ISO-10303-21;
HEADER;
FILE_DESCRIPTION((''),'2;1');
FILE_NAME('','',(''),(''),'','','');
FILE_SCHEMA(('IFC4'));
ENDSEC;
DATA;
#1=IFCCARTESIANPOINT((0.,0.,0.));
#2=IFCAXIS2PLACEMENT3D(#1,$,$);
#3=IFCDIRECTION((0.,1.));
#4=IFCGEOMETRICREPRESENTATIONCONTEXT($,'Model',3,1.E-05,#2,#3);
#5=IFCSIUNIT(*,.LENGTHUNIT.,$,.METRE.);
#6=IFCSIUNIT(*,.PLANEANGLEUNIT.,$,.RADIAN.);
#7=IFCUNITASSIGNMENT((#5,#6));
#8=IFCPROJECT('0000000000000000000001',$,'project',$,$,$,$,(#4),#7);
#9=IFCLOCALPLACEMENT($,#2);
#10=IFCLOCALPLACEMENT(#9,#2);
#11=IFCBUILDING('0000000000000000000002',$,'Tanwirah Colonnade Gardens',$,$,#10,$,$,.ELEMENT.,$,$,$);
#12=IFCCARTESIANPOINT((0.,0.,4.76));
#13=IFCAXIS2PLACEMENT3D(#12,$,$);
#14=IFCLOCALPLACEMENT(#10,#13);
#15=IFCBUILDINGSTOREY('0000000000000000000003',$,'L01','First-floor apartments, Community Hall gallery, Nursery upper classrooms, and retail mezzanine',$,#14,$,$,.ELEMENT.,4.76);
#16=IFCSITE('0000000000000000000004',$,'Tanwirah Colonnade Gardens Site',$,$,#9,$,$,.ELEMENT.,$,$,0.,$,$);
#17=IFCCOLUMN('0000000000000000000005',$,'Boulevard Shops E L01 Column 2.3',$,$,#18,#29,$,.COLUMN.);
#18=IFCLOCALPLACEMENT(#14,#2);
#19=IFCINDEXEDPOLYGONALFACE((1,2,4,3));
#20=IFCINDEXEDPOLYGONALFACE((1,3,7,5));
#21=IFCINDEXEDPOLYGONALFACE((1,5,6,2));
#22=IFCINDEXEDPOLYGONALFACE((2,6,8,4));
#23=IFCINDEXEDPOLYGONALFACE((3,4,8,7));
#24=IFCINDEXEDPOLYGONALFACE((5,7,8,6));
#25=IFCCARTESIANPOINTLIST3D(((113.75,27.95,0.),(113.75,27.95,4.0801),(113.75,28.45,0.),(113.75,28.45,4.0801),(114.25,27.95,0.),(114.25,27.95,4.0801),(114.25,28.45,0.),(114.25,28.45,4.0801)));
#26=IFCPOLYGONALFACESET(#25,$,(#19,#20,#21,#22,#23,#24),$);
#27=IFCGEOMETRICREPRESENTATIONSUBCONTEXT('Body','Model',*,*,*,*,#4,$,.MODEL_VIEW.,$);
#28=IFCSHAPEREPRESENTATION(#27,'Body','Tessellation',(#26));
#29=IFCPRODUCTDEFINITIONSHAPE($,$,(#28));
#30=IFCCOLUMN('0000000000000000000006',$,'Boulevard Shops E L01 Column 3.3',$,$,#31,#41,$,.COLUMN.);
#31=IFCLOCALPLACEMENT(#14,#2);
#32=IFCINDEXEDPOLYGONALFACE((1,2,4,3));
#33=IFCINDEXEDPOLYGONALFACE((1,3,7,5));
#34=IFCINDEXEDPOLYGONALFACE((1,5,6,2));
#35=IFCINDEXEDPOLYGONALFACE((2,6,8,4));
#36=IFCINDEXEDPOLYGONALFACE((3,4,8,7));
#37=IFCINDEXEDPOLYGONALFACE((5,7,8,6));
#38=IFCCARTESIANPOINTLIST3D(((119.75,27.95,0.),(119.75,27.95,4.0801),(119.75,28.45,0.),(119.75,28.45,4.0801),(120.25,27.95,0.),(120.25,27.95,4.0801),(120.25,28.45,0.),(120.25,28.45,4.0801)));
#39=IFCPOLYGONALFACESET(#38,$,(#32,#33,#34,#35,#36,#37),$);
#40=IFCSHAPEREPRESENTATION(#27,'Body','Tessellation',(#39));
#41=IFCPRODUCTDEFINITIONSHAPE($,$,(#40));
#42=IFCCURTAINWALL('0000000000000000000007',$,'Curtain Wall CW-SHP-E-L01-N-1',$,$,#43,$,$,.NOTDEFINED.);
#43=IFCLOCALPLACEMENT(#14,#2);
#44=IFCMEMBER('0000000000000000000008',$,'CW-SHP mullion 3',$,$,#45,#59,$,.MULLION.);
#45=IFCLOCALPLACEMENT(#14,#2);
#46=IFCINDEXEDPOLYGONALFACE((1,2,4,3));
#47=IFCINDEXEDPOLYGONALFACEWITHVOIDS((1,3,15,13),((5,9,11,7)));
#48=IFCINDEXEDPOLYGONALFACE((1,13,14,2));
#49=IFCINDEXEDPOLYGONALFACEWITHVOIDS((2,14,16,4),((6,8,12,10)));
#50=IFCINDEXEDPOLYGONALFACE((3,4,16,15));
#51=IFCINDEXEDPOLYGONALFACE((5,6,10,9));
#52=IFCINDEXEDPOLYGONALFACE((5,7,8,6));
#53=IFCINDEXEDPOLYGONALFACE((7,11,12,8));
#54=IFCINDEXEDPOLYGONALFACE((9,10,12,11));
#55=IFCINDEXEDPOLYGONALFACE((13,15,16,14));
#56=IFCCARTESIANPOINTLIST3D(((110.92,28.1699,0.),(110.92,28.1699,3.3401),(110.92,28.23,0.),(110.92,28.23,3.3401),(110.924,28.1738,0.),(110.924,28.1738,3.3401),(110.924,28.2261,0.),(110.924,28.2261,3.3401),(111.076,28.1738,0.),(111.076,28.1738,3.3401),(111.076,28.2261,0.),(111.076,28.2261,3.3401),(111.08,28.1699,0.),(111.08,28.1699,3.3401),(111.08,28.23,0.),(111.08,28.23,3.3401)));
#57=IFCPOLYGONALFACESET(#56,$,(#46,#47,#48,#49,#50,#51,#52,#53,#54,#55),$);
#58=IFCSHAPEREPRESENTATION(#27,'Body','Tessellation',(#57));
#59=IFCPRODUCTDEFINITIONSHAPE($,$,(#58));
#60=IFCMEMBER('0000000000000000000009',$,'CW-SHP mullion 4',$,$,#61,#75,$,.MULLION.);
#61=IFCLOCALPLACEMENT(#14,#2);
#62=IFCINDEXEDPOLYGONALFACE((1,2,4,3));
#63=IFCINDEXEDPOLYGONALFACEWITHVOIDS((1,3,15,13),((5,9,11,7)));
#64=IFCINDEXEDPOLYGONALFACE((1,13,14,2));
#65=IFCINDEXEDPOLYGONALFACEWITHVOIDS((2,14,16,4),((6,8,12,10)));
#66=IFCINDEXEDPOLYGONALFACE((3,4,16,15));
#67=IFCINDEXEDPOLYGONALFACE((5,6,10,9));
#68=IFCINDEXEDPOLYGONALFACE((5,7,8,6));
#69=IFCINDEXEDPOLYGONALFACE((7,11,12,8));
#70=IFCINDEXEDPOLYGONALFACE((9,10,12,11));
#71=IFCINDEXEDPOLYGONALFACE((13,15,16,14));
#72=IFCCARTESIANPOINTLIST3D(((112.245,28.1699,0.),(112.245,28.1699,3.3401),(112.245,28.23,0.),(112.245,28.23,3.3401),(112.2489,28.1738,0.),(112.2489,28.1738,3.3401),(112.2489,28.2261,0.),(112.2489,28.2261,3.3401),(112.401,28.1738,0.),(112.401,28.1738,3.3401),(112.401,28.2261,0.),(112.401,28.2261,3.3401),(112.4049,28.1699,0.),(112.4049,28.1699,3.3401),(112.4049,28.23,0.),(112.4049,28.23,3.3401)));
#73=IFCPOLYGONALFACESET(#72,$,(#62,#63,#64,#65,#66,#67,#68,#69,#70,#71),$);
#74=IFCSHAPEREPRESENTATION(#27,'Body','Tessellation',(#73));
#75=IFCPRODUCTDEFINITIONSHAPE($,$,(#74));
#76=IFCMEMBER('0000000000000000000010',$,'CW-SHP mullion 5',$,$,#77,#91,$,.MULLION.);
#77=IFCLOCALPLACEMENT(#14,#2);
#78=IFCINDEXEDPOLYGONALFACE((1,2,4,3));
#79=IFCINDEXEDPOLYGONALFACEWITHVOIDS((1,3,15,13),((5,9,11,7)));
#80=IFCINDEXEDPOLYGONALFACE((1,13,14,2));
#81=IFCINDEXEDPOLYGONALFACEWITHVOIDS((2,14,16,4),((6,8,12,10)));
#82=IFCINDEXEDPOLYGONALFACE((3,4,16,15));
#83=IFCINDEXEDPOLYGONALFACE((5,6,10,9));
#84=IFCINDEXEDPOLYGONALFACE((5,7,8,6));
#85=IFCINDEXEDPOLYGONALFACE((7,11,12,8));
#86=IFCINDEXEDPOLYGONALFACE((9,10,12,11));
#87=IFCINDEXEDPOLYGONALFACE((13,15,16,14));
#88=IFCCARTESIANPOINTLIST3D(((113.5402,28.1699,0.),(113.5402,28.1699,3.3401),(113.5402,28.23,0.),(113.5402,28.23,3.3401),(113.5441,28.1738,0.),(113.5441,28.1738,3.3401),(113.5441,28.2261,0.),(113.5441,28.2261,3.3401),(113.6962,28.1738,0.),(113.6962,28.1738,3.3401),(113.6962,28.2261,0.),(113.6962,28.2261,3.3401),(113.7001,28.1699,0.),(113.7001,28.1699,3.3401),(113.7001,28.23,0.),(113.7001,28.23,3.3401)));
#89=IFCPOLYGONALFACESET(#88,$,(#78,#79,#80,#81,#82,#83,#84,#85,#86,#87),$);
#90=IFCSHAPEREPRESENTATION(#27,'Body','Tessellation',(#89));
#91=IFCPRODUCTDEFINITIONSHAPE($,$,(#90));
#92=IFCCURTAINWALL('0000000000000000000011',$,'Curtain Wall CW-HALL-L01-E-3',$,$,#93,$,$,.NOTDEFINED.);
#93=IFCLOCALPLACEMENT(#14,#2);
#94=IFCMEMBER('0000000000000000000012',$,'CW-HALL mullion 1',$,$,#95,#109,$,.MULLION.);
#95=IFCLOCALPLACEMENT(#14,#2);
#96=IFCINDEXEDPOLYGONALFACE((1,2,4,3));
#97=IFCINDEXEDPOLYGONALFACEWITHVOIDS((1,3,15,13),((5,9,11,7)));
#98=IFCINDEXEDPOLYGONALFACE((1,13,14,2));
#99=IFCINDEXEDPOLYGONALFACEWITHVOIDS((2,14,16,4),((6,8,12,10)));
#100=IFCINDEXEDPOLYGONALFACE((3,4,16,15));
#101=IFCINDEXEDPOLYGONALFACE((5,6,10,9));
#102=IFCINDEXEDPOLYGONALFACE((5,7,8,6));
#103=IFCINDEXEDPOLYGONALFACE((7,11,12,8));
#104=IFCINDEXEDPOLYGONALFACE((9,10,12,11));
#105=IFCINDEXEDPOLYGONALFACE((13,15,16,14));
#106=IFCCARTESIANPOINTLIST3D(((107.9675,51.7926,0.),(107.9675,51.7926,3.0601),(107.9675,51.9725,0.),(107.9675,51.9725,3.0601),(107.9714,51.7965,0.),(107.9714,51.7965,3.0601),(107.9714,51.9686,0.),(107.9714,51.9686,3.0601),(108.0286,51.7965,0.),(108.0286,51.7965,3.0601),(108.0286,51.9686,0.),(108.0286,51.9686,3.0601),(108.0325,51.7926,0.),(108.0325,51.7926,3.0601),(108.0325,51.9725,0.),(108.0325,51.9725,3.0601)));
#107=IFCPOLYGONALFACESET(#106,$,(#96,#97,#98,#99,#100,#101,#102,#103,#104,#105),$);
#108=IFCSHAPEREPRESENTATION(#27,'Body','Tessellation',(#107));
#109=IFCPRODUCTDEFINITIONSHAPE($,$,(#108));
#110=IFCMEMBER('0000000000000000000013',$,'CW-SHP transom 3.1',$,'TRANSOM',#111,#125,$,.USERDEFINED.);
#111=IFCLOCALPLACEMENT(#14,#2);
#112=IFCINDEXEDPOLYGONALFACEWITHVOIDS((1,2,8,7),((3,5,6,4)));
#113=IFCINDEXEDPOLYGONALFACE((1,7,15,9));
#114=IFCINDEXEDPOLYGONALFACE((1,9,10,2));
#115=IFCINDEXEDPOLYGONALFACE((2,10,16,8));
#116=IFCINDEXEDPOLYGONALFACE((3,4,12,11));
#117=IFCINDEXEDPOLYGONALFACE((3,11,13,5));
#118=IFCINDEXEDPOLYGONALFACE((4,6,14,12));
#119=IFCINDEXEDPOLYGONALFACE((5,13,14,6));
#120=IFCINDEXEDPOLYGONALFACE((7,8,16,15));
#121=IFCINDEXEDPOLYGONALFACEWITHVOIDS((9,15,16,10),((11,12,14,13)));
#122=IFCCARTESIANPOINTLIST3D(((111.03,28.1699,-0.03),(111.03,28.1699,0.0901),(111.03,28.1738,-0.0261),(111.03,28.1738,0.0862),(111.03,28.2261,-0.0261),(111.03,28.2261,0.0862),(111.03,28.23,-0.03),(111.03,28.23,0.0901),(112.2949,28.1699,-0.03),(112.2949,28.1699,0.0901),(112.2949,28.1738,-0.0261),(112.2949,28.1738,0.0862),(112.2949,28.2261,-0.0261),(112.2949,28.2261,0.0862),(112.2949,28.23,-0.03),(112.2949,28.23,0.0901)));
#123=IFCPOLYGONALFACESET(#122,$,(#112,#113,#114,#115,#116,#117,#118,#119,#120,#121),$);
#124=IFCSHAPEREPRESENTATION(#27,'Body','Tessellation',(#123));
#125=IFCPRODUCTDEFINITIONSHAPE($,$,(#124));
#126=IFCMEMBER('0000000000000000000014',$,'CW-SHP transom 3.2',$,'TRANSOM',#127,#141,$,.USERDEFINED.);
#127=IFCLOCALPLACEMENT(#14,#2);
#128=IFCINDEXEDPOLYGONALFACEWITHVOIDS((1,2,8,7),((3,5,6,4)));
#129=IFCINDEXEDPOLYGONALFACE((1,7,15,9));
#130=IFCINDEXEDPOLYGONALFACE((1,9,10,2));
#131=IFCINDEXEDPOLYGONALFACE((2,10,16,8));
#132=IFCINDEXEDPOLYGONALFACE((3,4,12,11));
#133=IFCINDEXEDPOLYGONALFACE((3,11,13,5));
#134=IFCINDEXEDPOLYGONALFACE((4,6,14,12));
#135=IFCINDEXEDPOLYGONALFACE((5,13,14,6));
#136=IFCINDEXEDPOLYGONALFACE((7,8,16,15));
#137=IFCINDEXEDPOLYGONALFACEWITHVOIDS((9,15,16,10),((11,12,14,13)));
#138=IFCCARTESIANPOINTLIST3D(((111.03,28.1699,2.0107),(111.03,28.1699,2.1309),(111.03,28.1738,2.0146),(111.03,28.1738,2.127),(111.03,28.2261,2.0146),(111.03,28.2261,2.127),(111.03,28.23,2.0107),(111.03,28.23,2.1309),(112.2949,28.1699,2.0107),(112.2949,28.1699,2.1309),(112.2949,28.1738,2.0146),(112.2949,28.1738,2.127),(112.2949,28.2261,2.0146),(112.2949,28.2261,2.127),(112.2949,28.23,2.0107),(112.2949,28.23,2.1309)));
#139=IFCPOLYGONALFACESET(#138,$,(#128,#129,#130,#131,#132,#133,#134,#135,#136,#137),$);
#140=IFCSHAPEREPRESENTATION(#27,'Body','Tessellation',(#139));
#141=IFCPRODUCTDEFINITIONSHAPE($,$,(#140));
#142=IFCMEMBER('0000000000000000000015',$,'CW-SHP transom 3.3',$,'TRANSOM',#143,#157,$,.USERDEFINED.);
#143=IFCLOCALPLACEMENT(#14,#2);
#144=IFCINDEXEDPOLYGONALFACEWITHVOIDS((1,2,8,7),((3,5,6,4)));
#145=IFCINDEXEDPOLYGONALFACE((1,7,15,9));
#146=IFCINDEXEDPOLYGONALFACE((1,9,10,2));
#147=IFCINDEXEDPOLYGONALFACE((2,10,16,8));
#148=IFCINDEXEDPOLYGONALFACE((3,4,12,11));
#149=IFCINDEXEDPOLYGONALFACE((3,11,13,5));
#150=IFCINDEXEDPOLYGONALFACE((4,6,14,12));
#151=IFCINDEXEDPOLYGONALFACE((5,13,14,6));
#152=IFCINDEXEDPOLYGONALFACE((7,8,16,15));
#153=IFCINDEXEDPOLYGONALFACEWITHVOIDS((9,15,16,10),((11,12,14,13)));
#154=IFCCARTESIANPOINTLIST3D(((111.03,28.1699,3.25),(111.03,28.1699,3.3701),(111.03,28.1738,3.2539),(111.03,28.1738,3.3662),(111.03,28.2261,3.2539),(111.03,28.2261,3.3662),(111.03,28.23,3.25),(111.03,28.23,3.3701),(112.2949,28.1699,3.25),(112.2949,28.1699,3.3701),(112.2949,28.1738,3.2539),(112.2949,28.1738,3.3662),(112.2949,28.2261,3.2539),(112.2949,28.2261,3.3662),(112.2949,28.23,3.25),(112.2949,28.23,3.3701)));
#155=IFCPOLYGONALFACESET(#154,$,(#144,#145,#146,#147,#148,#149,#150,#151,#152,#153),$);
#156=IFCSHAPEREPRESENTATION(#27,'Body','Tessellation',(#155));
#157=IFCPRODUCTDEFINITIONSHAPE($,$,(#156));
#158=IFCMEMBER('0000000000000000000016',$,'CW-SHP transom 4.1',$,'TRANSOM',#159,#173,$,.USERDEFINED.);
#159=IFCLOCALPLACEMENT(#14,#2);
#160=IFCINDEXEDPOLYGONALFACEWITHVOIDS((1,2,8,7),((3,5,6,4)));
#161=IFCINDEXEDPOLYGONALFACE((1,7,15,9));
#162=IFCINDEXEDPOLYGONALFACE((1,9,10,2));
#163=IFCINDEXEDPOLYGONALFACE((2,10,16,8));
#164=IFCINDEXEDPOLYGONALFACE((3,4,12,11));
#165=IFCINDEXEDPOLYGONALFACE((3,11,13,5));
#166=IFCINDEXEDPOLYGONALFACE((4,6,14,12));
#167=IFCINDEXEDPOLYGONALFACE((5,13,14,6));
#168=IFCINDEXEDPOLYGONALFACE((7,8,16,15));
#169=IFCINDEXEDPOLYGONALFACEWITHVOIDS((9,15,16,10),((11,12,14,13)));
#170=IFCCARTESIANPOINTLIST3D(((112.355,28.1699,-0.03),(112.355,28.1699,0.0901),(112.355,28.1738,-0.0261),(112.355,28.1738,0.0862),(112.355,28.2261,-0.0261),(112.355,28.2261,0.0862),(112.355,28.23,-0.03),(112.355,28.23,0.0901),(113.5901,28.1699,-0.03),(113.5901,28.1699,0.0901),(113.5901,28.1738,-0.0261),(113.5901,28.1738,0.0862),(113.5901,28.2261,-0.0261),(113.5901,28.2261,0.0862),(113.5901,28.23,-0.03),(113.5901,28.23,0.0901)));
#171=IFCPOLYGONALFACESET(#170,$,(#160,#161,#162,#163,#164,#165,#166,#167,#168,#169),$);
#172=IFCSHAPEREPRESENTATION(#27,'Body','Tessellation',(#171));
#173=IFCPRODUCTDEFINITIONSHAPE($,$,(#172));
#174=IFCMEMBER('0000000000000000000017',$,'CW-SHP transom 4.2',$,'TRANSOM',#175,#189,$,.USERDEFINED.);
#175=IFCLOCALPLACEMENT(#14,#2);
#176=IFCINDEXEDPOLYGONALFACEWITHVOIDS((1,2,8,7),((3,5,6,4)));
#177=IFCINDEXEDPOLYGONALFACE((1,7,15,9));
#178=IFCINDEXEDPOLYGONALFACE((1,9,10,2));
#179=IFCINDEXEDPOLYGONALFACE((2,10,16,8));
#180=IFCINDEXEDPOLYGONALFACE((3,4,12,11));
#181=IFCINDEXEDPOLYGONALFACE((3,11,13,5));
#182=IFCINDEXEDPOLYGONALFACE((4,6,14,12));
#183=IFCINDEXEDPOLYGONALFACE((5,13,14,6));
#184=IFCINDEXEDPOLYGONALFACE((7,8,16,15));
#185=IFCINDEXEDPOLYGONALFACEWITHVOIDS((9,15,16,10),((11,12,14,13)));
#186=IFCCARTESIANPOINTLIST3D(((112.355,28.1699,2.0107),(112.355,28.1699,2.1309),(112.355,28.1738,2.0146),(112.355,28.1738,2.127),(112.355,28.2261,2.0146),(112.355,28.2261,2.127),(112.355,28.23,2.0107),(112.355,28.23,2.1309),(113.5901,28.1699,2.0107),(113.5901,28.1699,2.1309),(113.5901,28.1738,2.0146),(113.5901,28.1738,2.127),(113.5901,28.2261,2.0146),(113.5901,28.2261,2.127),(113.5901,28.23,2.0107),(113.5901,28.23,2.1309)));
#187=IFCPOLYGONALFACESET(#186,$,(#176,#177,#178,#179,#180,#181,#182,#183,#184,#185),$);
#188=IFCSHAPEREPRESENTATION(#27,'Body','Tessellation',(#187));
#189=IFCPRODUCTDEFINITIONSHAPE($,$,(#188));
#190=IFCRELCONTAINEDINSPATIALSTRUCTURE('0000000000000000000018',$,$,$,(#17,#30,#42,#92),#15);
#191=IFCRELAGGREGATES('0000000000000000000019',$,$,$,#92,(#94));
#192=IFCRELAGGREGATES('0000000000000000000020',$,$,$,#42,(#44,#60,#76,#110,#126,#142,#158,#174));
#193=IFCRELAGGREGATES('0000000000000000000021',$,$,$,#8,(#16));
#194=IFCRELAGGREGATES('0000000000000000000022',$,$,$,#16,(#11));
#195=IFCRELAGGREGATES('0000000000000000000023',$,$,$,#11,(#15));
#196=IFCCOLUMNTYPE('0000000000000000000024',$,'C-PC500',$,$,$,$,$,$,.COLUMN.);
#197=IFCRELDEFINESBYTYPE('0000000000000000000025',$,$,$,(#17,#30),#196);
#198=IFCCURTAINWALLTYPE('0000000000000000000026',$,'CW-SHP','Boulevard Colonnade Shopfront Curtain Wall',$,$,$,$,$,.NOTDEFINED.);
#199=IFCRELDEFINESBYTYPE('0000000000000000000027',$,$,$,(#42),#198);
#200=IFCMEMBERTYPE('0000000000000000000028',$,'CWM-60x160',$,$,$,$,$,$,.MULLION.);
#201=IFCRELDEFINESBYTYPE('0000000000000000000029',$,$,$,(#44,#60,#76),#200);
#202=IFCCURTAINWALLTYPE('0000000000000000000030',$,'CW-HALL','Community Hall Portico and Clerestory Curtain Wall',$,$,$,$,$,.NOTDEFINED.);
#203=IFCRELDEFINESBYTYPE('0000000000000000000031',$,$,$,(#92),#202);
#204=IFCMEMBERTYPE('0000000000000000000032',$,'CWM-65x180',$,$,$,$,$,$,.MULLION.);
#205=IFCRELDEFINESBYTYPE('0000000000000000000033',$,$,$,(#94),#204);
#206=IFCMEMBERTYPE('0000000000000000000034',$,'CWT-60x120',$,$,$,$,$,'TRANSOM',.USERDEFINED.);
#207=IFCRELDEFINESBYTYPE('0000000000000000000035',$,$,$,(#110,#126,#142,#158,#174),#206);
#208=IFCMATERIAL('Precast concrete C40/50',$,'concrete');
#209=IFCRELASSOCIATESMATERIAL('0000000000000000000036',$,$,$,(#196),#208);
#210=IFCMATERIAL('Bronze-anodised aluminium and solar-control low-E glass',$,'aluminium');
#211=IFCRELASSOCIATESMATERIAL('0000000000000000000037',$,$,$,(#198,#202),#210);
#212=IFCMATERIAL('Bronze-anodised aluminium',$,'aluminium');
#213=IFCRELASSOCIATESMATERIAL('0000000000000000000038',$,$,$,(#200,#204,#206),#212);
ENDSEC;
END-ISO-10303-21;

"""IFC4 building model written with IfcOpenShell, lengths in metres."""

from ifc_helpers import new_model, si_unit, direction, frame, origin, origin_2d, place, context, subcontext, project, spatial, rectangle, hollow_rectangle, extrude, material, material_profile, profile_set, type_object, element, aggregate, save


model = new_model("IFC4")

# Units and contexts
model_context = context("Model", 3, precision=1e-05, world=origin(), true_north=direction((0.0, 1.0)))
body_context = subcontext(model_context, "Body", "Model", "MODEL_VIEW")
ifc_project = project(units=[si_unit("LENGTHUNIT", "METRE"), si_unit("PLANEANGLEUNIT", "RADIAN")], contexts=[model_context])

# Site, building, storey
site_placement = place(None, origin())
site = spatial("IfcSite", under=ifc_project, at=site_placement, Name="Tanwirah Colonnade Gardens Site", CompositionType="ELEMENT", RefElevation=0.0)
building_placement = place(site_placement, origin())
building = spatial("IfcBuilding", under=site, at=building_placement, Name="Tanwirah Colonnade Gardens", CompositionType="ELEMENT")
storey_placement = place(building_placement, frame((0.0, 0.0, 4.76)))
storey = spatial("IfcBuildingStorey", under=building, at=storey_placement, Name="L01", Description="First-floor apartments, Community Hall gallery, Nursery upper classrooms, and retail mezzanine", CompositionType="ELEMENT", Elevation=4.76)

# Columns
ifc_material_1 = material(Name="Precast concrete C40/50", Category="concrete")
ifc_material_profile_1 = material_profile(ifc_material_1, rectangle(XDim=0.5, YDim=0.5, at=origin_2d()), Name="PC-COL 500x500")
ifc_profile_set_1 = profile_set([ifc_material_profile_1], Name="Precast concrete C40/50")
column_type = type_object("IfcColumnType", Name="C-PC500", PredefinedType="COLUMN", material=ifc_profile_set_1)
for number, where, z_axis, x_axis, name in (
    (1, (114.0, 28.2, 0.0), (0.0, 0.0, 1.0), (1.0, 0.0, 0.0), "Boulevard Shops E L01 Column 2.3"),
    (2, (120.0, 28.2, 0.0), (0.0, 0.0, 1.0), (1.0, 0.0, 0.0), "Boulevard Shops E L01 Column 3.3"),
):
    element("IfcColumn", number, at=place(storey_placement, frame(where, z_axis=z_axis, x_axis=x_axis)), inside=storey, type_object=column_type, Name=name, PredefinedType="COLUMN", context=body_context, shape_type="SweptSolid", body=[
        extrude(rectangle(XDim=0.5, YDim=0.5, at=origin_2d()), origin(), (0.0, 0.0, 1.0), 4.0801),
    ])

# Curtain wall, members
ifc_material_2 = material(Name="Bronze-anodised aluminium and solar-control low-E glass", Category="aluminium")
curtain_wall_type_1 = type_object("IfcCurtainWallType", Name="CW-SHP", Description="Boulevard Colonnade Shopfront Curtain Wall", PredefinedType="NOTDEFINED", material=ifc_material_2)
curtain_wall_1_placement = place(storey_placement, origin())
curtain_wall_1 = element("IfcCurtainWall", 3, at=curtain_wall_1_placement, inside=storey, type_object=curtain_wall_type_1, Name="Curtain Wall CW-SHP-E-L01-N-1", PredefinedType="NOTDEFINED")
ifc_material_3 = material(Name="Bronze-anodised aluminium", Category="aluminium")
ifc_material_profile_2 = material_profile(ifc_material_3, hollow_rectangle(XDim=0.0601, YDim=0.1599, WallThickness=0.0039, at=origin_2d()), Name="CW-MUL 60x160x4")
ifc_profile_set_2 = profile_set([ifc_material_profile_2], Name="Bronze-anodised aluminium")
member_type_1 = type_object("IfcMemberType", Name="CWM-60x160", PredefinedType="MULLION", material=ifc_profile_set_2)
member_1_placement = place(storey_placement, frame((111.0, 28.2, 0.0), z_axis=(0.0, 0.0, 1.0), x_axis=(0.0, 1.0, 0.0)))
member_1 = element("IfcMember", 4, at=member_1_placement, type_object=member_type_1, Name="CW-SHP mullion 3", PredefinedType="MULLION", context=body_context, shape_type="SweptSolid", body=[
    extrude(hollow_rectangle(XDim=0.0601, YDim=0.1599, WallThickness=0.0039, at=origin_2d()), origin(), (0.0, 0.0, 1.0), 3.3401),
])
member_2_placement = place(storey_placement, frame((112.325, 28.2, 0.0), z_axis=(0.0, 0.0, 1.0), x_axis=(0.0, 1.0, 0.0)))
member_2 = element("IfcMember", 5, at=member_2_placement, type_object=member_type_1, Name="CW-SHP mullion 4", PredefinedType="MULLION", context=body_context, shape_type="SweptSolid", body=[
    extrude(hollow_rectangle(XDim=0.0601, YDim=0.1599, WallThickness=0.0039, at=origin_2d()), origin(), (0.0, 0.0, 1.0), 3.3401),
])
member_3_placement = place(storey_placement, frame((113.6201, 28.2, 0.0), z_axis=(0.0, 0.0, 1.0), x_axis=(0.0, 1.0, 0.0)))
member_3 = element("IfcMember", 6, at=member_3_placement, type_object=member_type_1, Name="CW-SHP mullion 5", PredefinedType="MULLION", context=body_context, shape_type="SweptSolid", body=[
    extrude(hollow_rectangle(XDim=0.0601, YDim=0.1599, WallThickness=0.0039, at=origin_2d()), origin(), (0.0, 0.0, 1.0), 3.3401),
])

# Curtain wall, member
curtain_wall_type_2 = type_object("IfcCurtainWallType", Name="CW-HALL", Description="Community Hall Portico and Clerestory Curtain Wall", PredefinedType="NOTDEFINED", material=ifc_material_2)
curtain_wall_2_placement = place(storey_placement, origin())
curtain_wall_2 = element("IfcCurtainWall", 7, at=curtain_wall_2_placement, inside=storey, type_object=curtain_wall_type_2, Name="Curtain Wall CW-HALL-L01-E-3", PredefinedType="NOTDEFINED")
ifc_material_profile_3 = material_profile(ifc_material_3, hollow_rectangle(XDim=0.0649, YDim=0.1799, WallThickness=0.0039, at=origin_2d()), Name="CW-MUL 65x180x4")
ifc_profile_set_3 = profile_set([ifc_material_profile_3], Name="Bronze-anodised aluminium")
member_type_2 = type_object("IfcMemberType", Name="CWM-65x180", PredefinedType="MULLION", material=ifc_profile_set_3)
member_4_placement = place(storey_placement, frame((108.0, 51.8826, 0.0), z_axis=(0.0, 0.0, 1.0), x_axis=(-1.0, 0.0, 0.0)))
member_4 = element("IfcMember", 8, at=member_4_placement, type_object=member_type_2, Name="CW-HALL mullion 1", PredefinedType="MULLION", context=body_context, shape_type="SweptSolid", body=[
    extrude(hollow_rectangle(XDim=0.0649, YDim=0.1799, WallThickness=0.0039, at=origin_2d()), origin(), (0.0, 0.0, 1.0), 3.0601),
])

# Members
ifc_material_profile_4 = material_profile(ifc_material_3, hollow_rectangle(XDim=0.0601, YDim=0.1201, WallThickness=0.0039, at=origin_2d()), Name="CW-TRN 60x120x4")
ifc_profile_set_4 = profile_set([ifc_material_profile_4], Name="Bronze-anodised aluminium")
member_type_3 = type_object("IfcMemberType", Name="CWT-60x120", ElementType="TRANSOM", PredefinedType="USERDEFINED", material=ifc_profile_set_4)
member_5_placement = place(storey_placement, frame((111.03, 28.2, 0.03), z_axis=(1.0, 0.0, 0.0), x_axis=(0.0, 1.0, 0.0)))
member_5 = element("IfcMember", 9, at=member_5_placement, type_object=member_type_3, Name="CW-SHP transom 3.1", ObjectType="TRANSOM", PredefinedType="USERDEFINED", context=body_context, shape_type="SweptSolid", body=[
    extrude(hollow_rectangle(XDim=0.0601, YDim=0.1201, WallThickness=0.0039, at=origin_2d()), origin(), (0.0, 0.0, 1.0), 1.2649),
])
member_6_placement = place(storey_placement, frame((111.03, 28.2, 2.0708), z_axis=(1.0, 0.0, 0.0), x_axis=(0.0, 1.0, 0.0)))
member_6 = element("IfcMember", 10, at=member_6_placement, type_object=member_type_3, Name="CW-SHP transom 3.2", ObjectType="TRANSOM", PredefinedType="USERDEFINED", context=body_context, shape_type="SweptSolid", body=[
    extrude(hollow_rectangle(XDim=0.0601, YDim=0.1201, WallThickness=0.0039, at=origin_2d()), origin(), (0.0, 0.0, 1.0), 1.2649),
])
member_7_placement = place(storey_placement, frame((111.03, 28.2, 3.3101), z_axis=(1.0, 0.0, 0.0), x_axis=(0.0, 1.0, 0.0)))
member_7 = element("IfcMember", 11, at=member_7_placement, type_object=member_type_3, Name="CW-SHP transom 3.3", ObjectType="TRANSOM", PredefinedType="USERDEFINED", context=body_context, shape_type="SweptSolid", body=[
    extrude(hollow_rectangle(XDim=0.0601, YDim=0.1201, WallThickness=0.0039, at=origin_2d()), origin(), (0.0, 0.0, 1.0), 1.2649),
])
member_8_placement = place(storey_placement, frame((112.355, 28.2, 0.03), z_axis=(1.0, 0.0, 0.0), x_axis=(0.0, 1.0, 0.0)))
member_8 = element("IfcMember", 12, at=member_8_placement, type_object=member_type_3, Name="CW-SHP transom 4.1", ObjectType="TRANSOM", PredefinedType="USERDEFINED", context=body_context, shape_type="SweptSolid", body=[
    extrude(hollow_rectangle(XDim=0.0601, YDim=0.1201, WallThickness=0.0039, at=origin_2d()), origin(), (0.0, 0.0, 1.0), 1.2351),
])
member_9_placement = place(storey_placement, frame((112.355, 28.2, 2.0708), z_axis=(1.0, 0.0, 0.0), x_axis=(0.0, 1.0, 0.0)))
member_9 = element("IfcMember", 13, at=member_9_placement, type_object=member_type_3, Name="CW-SHP transom 4.2", ObjectType="TRANSOM", PredefinedType="USERDEFINED", context=body_context, shape_type="SweptSolid", body=[
    extrude(hollow_rectangle(XDim=0.0601, YDim=0.1201, WallThickness=0.0039, at=origin_2d()), origin(), (0.0, 0.0, 1.0), 1.2351),
])
aggregate(curtain_wall_2, [member_4])

aggregate(curtain_wall_1, [member_1, member_2, member_3, member_5, member_6, member_7, member_8, member_9])

save(model, "model.ifc")
